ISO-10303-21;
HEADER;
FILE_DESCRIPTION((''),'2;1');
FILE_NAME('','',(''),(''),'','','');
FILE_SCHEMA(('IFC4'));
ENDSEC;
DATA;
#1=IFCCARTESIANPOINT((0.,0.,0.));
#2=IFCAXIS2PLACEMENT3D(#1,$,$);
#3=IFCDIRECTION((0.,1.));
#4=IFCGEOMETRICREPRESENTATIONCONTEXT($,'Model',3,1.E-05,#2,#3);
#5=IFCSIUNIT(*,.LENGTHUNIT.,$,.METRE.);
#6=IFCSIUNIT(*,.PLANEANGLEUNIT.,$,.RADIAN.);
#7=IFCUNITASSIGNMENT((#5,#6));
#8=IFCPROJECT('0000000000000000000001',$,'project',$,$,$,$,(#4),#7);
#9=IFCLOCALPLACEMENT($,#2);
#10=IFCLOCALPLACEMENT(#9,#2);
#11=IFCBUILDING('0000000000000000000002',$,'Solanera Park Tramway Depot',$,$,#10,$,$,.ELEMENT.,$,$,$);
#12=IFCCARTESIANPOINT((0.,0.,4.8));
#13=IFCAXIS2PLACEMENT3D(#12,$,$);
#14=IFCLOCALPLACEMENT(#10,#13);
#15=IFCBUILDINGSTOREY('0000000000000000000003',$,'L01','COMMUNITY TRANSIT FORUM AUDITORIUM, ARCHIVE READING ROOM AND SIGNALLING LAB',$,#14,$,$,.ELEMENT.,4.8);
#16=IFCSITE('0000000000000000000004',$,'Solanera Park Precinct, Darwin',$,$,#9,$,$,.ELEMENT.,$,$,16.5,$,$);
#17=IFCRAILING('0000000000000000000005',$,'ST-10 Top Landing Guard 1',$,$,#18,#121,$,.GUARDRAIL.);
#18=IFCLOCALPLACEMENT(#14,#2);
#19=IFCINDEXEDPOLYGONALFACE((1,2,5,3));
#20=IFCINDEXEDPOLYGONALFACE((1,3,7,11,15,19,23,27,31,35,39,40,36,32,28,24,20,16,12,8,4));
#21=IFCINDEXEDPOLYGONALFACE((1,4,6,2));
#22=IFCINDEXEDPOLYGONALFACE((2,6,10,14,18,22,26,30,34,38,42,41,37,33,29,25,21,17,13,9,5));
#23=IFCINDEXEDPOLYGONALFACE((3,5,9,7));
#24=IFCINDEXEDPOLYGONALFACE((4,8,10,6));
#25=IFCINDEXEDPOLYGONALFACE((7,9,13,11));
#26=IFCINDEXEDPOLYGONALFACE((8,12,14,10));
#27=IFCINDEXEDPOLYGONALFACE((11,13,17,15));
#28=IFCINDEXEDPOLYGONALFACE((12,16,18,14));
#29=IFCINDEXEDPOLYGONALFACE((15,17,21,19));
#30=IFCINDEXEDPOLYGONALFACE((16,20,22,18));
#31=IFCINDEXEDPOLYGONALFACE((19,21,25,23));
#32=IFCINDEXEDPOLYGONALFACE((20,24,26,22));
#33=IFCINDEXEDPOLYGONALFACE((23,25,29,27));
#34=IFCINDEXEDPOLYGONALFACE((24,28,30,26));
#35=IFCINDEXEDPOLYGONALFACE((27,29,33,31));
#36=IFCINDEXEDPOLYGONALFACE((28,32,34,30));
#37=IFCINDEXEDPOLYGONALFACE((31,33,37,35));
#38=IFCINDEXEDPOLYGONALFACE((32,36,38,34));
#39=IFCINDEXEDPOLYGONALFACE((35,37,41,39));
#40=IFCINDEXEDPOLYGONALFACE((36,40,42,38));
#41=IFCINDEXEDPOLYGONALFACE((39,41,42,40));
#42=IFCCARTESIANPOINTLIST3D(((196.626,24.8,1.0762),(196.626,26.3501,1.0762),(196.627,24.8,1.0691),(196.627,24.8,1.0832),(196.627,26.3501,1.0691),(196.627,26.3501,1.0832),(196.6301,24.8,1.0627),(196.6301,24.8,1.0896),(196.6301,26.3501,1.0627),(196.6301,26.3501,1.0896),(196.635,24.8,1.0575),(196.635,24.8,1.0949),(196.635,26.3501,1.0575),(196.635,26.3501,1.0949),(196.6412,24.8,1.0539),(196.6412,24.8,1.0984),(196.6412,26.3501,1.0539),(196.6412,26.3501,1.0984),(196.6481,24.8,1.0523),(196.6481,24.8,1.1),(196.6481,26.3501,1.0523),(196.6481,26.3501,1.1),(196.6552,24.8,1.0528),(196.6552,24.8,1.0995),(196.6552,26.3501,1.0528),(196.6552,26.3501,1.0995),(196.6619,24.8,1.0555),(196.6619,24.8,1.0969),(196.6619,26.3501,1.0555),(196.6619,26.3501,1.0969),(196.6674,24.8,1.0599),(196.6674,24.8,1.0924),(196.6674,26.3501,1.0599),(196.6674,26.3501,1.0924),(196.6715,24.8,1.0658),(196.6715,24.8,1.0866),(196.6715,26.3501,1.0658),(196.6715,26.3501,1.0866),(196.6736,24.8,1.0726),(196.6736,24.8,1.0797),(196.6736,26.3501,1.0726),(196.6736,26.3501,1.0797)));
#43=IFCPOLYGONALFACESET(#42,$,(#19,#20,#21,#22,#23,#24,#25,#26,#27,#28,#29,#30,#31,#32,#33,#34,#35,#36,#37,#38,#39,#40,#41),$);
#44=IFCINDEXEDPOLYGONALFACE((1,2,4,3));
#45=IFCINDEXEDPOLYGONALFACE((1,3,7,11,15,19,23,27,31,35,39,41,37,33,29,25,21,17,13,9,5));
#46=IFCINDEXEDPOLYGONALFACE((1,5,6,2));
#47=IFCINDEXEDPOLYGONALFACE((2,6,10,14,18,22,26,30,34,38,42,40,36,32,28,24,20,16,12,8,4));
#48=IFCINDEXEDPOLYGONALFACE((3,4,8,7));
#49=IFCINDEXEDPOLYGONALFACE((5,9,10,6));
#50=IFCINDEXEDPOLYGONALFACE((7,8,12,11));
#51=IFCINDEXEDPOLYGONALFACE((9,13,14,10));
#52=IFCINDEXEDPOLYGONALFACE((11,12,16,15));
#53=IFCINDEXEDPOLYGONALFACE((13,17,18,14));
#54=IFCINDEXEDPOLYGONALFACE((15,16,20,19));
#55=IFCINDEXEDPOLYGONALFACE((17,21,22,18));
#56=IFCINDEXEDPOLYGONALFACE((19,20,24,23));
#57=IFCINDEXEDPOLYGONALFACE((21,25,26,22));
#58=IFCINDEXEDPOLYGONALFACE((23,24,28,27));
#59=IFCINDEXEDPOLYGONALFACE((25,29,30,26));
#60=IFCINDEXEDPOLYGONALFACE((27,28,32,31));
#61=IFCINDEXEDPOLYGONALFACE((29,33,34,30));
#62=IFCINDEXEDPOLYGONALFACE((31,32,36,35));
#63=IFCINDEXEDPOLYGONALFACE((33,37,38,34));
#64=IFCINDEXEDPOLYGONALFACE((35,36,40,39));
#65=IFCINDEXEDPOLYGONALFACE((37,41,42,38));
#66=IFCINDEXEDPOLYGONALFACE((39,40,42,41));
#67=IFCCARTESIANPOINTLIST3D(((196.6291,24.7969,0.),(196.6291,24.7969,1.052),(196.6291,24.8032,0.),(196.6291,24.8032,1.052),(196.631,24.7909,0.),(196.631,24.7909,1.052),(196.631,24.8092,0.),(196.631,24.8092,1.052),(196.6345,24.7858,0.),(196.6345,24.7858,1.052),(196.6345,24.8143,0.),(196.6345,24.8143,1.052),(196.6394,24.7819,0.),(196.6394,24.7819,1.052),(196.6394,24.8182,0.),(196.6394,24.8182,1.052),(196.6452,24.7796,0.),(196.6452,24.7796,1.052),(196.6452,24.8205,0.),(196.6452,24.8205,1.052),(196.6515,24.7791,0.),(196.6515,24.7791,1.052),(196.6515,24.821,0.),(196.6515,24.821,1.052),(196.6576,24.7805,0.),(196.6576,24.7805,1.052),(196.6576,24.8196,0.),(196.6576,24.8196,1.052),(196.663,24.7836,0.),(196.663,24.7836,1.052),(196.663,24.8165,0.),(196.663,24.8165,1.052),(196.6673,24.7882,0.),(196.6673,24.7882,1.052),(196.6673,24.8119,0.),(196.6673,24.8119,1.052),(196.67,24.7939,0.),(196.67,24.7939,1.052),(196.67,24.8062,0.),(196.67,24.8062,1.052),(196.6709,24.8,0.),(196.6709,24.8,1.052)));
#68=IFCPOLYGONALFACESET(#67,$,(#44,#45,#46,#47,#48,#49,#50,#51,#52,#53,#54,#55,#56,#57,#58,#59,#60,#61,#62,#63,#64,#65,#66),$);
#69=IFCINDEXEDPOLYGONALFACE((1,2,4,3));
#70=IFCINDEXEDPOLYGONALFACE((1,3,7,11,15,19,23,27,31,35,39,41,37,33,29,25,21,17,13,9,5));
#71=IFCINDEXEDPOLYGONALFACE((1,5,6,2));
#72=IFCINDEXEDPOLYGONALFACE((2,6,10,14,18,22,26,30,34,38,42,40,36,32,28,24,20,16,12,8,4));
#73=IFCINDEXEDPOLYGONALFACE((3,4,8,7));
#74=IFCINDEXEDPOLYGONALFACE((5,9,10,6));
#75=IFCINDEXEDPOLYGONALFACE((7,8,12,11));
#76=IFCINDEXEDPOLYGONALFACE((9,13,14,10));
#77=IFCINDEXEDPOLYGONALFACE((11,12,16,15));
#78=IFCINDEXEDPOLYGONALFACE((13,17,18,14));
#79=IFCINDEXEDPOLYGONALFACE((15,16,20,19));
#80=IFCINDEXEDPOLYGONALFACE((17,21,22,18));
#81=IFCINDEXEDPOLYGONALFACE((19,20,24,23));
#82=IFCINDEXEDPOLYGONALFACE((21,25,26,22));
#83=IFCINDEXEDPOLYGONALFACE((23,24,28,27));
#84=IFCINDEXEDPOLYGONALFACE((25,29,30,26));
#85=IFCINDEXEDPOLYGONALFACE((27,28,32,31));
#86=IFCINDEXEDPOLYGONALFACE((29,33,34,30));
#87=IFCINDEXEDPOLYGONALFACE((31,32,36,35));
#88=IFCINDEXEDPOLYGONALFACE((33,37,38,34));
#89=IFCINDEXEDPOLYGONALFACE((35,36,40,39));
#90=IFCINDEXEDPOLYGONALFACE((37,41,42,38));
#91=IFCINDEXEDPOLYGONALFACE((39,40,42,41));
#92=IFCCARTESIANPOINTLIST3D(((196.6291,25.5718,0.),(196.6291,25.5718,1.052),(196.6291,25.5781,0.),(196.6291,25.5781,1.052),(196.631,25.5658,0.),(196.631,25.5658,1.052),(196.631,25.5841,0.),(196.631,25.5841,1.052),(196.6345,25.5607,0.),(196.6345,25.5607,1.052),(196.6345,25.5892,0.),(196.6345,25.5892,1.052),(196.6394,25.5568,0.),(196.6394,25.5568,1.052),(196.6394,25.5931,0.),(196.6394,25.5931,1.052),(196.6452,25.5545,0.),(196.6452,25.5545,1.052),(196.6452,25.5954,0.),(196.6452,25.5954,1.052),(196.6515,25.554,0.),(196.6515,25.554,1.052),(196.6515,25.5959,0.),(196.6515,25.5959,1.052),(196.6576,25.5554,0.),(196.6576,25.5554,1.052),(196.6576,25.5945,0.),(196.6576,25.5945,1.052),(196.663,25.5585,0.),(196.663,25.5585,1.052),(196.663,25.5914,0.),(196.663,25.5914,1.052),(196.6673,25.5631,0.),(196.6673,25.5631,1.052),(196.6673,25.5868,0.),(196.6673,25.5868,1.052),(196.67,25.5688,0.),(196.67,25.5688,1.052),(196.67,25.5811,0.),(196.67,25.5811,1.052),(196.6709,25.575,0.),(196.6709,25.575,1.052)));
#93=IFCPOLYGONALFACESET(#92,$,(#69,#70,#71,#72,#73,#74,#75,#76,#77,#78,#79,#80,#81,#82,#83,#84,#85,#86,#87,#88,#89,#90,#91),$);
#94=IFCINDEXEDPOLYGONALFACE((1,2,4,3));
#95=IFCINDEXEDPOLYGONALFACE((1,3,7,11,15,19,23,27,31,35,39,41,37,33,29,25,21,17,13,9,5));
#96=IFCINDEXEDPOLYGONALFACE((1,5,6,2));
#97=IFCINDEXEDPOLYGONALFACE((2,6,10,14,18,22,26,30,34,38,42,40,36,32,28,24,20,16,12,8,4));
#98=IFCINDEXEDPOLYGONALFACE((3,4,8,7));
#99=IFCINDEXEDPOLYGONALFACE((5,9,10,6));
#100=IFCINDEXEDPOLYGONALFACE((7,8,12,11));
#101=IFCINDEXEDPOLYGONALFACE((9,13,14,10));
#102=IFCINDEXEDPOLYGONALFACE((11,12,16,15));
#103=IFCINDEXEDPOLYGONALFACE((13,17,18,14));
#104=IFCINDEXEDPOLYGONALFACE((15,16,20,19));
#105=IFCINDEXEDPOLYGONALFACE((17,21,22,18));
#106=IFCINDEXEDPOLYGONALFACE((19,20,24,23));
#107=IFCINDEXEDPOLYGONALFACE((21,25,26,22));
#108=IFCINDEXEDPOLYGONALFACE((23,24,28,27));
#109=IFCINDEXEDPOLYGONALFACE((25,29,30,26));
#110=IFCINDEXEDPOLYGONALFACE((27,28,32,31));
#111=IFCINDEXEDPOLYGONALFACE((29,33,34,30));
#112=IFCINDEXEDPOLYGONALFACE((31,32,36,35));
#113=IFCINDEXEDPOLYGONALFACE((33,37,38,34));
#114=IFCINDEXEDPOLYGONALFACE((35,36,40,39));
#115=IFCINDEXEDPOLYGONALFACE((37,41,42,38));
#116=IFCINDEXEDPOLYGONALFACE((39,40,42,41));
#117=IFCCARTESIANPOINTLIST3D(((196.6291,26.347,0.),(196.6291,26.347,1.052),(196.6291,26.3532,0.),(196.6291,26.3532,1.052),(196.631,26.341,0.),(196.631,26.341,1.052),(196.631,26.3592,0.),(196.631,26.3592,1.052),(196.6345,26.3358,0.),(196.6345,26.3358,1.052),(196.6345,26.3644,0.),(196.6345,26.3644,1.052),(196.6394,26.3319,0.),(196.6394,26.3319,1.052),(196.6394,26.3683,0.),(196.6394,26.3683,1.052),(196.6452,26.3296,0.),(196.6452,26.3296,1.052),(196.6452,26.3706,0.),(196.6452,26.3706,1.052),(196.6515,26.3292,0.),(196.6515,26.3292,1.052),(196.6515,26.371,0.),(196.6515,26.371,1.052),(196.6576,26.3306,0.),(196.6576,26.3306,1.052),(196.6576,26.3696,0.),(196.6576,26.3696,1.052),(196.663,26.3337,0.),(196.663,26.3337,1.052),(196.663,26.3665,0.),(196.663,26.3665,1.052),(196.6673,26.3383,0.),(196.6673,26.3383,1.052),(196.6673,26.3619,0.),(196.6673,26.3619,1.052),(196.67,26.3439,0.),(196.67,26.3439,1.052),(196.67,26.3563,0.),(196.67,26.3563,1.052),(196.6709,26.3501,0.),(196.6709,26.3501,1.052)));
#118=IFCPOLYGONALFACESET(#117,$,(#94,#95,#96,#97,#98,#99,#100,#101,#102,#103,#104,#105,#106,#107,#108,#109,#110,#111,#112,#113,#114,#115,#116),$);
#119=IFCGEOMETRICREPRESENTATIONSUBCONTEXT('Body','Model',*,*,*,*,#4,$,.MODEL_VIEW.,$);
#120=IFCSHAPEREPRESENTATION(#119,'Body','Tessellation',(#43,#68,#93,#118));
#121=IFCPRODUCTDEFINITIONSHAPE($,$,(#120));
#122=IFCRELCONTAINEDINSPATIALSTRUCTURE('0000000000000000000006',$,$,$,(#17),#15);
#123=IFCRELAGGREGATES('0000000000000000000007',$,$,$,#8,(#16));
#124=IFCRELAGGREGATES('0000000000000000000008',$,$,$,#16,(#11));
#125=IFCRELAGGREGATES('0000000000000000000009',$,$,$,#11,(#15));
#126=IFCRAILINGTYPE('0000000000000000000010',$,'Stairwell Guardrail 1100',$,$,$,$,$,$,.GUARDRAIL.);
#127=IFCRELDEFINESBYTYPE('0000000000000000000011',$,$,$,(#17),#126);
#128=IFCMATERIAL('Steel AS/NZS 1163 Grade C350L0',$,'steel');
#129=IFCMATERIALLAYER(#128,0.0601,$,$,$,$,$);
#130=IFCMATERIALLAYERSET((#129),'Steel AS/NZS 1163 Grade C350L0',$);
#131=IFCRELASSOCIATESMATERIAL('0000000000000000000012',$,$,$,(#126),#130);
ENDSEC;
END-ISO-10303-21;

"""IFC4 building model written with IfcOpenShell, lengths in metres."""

from ifc_helpers import new_model, si_unit, direction, frame, origin, origin_2d, place, context, subcontext, project, spatial, circle, extrude, material, layer, layer_set, type_object, element, save


model = new_model("IFC4")

# Units and contexts
model_context = context("Model", 3, precision=1e-05, world=origin(), true_north=direction((0.0, 1.0)))
body_context = subcontext(model_context, "Body", "Model", "MODEL_VIEW")
ifc_project = project(units=[si_unit("LENGTHUNIT", "METRE"), si_unit("PLANEANGLEUNIT", "RADIAN")], contexts=[model_context])

# Site, building, storey
site_placement = place(None, origin())
site = spatial("IfcSite", under=ifc_project, at=site_placement, Name="Solanera Park Precinct, Darwin", CompositionType="ELEMENT", RefElevation=16.5)
building_placement = place(site_placement, origin())
building = spatial("IfcBuilding", under=site, at=building_placement, Name="Solanera Park Tramway Depot", CompositionType="ELEMENT")
storey_placement = place(building_placement, frame((0.0, 0.0, 4.8)))
storey = spatial("IfcBuildingStorey", under=building, at=storey_placement, Name="L01", Description="COMMUNITY TRANSIT FORUM AUDITORIUM, ARCHIVE READING ROOM AND SIGNALLING LAB", CompositionType="ELEMENT", Elevation=4.8)

# Railing
ifc_material_1 = material(Name="Steel AS/NZS 1163 Grade C350L0", Category="steel")
ifc_layer_1 = layer(ifc_material_1, 0.0601)
ifc_layer_set_1 = layer_set([ifc_layer_1], Name="Steel AS/NZS 1163 Grade C350L0")
railing_type = type_object("IfcRailingType", Name="Stairwell Guardrail 1100", PredefinedType="GUARDRAIL", material=ifc_layer_set_1)
railing_placement = place(storey_placement, frame((196.6499, 24.8, 0.0)))
element("IfcRailing", 1, at=railing_placement, inside=storey, type_object=railing_type, Name="ST-10 Top Landing Guard 1", PredefinedType="GUARDRAIL", context=body_context, shape_type="SweptSolid", body=[
    extrude(circle(Radius=0.0239, at=origin_2d()), frame((0.0, 0.0, 1.0762), z_axis=(0.0, 1.0, 0.0), x_axis=(-1.0, 0.0, 0.0)), (0.0, 0.0, 1.0), 1.55),
    extrude(circle(Radius=0.021, at=origin_2d()), origin(), (0.0, 0.0, 1.0), 1.052),
    extrude(circle(Radius=0.021, at=origin_2d()), frame((0.0, 0.7749, 0.0)), (0.0, 0.0, 1.0), 1.052),
    extrude(circle(Radius=0.021, at=origin_2d()), frame((0.0, 1.55, 0.0)), (0.0, 0.0, 1.0), 1.052),
])

save(model, "model.ifc")
